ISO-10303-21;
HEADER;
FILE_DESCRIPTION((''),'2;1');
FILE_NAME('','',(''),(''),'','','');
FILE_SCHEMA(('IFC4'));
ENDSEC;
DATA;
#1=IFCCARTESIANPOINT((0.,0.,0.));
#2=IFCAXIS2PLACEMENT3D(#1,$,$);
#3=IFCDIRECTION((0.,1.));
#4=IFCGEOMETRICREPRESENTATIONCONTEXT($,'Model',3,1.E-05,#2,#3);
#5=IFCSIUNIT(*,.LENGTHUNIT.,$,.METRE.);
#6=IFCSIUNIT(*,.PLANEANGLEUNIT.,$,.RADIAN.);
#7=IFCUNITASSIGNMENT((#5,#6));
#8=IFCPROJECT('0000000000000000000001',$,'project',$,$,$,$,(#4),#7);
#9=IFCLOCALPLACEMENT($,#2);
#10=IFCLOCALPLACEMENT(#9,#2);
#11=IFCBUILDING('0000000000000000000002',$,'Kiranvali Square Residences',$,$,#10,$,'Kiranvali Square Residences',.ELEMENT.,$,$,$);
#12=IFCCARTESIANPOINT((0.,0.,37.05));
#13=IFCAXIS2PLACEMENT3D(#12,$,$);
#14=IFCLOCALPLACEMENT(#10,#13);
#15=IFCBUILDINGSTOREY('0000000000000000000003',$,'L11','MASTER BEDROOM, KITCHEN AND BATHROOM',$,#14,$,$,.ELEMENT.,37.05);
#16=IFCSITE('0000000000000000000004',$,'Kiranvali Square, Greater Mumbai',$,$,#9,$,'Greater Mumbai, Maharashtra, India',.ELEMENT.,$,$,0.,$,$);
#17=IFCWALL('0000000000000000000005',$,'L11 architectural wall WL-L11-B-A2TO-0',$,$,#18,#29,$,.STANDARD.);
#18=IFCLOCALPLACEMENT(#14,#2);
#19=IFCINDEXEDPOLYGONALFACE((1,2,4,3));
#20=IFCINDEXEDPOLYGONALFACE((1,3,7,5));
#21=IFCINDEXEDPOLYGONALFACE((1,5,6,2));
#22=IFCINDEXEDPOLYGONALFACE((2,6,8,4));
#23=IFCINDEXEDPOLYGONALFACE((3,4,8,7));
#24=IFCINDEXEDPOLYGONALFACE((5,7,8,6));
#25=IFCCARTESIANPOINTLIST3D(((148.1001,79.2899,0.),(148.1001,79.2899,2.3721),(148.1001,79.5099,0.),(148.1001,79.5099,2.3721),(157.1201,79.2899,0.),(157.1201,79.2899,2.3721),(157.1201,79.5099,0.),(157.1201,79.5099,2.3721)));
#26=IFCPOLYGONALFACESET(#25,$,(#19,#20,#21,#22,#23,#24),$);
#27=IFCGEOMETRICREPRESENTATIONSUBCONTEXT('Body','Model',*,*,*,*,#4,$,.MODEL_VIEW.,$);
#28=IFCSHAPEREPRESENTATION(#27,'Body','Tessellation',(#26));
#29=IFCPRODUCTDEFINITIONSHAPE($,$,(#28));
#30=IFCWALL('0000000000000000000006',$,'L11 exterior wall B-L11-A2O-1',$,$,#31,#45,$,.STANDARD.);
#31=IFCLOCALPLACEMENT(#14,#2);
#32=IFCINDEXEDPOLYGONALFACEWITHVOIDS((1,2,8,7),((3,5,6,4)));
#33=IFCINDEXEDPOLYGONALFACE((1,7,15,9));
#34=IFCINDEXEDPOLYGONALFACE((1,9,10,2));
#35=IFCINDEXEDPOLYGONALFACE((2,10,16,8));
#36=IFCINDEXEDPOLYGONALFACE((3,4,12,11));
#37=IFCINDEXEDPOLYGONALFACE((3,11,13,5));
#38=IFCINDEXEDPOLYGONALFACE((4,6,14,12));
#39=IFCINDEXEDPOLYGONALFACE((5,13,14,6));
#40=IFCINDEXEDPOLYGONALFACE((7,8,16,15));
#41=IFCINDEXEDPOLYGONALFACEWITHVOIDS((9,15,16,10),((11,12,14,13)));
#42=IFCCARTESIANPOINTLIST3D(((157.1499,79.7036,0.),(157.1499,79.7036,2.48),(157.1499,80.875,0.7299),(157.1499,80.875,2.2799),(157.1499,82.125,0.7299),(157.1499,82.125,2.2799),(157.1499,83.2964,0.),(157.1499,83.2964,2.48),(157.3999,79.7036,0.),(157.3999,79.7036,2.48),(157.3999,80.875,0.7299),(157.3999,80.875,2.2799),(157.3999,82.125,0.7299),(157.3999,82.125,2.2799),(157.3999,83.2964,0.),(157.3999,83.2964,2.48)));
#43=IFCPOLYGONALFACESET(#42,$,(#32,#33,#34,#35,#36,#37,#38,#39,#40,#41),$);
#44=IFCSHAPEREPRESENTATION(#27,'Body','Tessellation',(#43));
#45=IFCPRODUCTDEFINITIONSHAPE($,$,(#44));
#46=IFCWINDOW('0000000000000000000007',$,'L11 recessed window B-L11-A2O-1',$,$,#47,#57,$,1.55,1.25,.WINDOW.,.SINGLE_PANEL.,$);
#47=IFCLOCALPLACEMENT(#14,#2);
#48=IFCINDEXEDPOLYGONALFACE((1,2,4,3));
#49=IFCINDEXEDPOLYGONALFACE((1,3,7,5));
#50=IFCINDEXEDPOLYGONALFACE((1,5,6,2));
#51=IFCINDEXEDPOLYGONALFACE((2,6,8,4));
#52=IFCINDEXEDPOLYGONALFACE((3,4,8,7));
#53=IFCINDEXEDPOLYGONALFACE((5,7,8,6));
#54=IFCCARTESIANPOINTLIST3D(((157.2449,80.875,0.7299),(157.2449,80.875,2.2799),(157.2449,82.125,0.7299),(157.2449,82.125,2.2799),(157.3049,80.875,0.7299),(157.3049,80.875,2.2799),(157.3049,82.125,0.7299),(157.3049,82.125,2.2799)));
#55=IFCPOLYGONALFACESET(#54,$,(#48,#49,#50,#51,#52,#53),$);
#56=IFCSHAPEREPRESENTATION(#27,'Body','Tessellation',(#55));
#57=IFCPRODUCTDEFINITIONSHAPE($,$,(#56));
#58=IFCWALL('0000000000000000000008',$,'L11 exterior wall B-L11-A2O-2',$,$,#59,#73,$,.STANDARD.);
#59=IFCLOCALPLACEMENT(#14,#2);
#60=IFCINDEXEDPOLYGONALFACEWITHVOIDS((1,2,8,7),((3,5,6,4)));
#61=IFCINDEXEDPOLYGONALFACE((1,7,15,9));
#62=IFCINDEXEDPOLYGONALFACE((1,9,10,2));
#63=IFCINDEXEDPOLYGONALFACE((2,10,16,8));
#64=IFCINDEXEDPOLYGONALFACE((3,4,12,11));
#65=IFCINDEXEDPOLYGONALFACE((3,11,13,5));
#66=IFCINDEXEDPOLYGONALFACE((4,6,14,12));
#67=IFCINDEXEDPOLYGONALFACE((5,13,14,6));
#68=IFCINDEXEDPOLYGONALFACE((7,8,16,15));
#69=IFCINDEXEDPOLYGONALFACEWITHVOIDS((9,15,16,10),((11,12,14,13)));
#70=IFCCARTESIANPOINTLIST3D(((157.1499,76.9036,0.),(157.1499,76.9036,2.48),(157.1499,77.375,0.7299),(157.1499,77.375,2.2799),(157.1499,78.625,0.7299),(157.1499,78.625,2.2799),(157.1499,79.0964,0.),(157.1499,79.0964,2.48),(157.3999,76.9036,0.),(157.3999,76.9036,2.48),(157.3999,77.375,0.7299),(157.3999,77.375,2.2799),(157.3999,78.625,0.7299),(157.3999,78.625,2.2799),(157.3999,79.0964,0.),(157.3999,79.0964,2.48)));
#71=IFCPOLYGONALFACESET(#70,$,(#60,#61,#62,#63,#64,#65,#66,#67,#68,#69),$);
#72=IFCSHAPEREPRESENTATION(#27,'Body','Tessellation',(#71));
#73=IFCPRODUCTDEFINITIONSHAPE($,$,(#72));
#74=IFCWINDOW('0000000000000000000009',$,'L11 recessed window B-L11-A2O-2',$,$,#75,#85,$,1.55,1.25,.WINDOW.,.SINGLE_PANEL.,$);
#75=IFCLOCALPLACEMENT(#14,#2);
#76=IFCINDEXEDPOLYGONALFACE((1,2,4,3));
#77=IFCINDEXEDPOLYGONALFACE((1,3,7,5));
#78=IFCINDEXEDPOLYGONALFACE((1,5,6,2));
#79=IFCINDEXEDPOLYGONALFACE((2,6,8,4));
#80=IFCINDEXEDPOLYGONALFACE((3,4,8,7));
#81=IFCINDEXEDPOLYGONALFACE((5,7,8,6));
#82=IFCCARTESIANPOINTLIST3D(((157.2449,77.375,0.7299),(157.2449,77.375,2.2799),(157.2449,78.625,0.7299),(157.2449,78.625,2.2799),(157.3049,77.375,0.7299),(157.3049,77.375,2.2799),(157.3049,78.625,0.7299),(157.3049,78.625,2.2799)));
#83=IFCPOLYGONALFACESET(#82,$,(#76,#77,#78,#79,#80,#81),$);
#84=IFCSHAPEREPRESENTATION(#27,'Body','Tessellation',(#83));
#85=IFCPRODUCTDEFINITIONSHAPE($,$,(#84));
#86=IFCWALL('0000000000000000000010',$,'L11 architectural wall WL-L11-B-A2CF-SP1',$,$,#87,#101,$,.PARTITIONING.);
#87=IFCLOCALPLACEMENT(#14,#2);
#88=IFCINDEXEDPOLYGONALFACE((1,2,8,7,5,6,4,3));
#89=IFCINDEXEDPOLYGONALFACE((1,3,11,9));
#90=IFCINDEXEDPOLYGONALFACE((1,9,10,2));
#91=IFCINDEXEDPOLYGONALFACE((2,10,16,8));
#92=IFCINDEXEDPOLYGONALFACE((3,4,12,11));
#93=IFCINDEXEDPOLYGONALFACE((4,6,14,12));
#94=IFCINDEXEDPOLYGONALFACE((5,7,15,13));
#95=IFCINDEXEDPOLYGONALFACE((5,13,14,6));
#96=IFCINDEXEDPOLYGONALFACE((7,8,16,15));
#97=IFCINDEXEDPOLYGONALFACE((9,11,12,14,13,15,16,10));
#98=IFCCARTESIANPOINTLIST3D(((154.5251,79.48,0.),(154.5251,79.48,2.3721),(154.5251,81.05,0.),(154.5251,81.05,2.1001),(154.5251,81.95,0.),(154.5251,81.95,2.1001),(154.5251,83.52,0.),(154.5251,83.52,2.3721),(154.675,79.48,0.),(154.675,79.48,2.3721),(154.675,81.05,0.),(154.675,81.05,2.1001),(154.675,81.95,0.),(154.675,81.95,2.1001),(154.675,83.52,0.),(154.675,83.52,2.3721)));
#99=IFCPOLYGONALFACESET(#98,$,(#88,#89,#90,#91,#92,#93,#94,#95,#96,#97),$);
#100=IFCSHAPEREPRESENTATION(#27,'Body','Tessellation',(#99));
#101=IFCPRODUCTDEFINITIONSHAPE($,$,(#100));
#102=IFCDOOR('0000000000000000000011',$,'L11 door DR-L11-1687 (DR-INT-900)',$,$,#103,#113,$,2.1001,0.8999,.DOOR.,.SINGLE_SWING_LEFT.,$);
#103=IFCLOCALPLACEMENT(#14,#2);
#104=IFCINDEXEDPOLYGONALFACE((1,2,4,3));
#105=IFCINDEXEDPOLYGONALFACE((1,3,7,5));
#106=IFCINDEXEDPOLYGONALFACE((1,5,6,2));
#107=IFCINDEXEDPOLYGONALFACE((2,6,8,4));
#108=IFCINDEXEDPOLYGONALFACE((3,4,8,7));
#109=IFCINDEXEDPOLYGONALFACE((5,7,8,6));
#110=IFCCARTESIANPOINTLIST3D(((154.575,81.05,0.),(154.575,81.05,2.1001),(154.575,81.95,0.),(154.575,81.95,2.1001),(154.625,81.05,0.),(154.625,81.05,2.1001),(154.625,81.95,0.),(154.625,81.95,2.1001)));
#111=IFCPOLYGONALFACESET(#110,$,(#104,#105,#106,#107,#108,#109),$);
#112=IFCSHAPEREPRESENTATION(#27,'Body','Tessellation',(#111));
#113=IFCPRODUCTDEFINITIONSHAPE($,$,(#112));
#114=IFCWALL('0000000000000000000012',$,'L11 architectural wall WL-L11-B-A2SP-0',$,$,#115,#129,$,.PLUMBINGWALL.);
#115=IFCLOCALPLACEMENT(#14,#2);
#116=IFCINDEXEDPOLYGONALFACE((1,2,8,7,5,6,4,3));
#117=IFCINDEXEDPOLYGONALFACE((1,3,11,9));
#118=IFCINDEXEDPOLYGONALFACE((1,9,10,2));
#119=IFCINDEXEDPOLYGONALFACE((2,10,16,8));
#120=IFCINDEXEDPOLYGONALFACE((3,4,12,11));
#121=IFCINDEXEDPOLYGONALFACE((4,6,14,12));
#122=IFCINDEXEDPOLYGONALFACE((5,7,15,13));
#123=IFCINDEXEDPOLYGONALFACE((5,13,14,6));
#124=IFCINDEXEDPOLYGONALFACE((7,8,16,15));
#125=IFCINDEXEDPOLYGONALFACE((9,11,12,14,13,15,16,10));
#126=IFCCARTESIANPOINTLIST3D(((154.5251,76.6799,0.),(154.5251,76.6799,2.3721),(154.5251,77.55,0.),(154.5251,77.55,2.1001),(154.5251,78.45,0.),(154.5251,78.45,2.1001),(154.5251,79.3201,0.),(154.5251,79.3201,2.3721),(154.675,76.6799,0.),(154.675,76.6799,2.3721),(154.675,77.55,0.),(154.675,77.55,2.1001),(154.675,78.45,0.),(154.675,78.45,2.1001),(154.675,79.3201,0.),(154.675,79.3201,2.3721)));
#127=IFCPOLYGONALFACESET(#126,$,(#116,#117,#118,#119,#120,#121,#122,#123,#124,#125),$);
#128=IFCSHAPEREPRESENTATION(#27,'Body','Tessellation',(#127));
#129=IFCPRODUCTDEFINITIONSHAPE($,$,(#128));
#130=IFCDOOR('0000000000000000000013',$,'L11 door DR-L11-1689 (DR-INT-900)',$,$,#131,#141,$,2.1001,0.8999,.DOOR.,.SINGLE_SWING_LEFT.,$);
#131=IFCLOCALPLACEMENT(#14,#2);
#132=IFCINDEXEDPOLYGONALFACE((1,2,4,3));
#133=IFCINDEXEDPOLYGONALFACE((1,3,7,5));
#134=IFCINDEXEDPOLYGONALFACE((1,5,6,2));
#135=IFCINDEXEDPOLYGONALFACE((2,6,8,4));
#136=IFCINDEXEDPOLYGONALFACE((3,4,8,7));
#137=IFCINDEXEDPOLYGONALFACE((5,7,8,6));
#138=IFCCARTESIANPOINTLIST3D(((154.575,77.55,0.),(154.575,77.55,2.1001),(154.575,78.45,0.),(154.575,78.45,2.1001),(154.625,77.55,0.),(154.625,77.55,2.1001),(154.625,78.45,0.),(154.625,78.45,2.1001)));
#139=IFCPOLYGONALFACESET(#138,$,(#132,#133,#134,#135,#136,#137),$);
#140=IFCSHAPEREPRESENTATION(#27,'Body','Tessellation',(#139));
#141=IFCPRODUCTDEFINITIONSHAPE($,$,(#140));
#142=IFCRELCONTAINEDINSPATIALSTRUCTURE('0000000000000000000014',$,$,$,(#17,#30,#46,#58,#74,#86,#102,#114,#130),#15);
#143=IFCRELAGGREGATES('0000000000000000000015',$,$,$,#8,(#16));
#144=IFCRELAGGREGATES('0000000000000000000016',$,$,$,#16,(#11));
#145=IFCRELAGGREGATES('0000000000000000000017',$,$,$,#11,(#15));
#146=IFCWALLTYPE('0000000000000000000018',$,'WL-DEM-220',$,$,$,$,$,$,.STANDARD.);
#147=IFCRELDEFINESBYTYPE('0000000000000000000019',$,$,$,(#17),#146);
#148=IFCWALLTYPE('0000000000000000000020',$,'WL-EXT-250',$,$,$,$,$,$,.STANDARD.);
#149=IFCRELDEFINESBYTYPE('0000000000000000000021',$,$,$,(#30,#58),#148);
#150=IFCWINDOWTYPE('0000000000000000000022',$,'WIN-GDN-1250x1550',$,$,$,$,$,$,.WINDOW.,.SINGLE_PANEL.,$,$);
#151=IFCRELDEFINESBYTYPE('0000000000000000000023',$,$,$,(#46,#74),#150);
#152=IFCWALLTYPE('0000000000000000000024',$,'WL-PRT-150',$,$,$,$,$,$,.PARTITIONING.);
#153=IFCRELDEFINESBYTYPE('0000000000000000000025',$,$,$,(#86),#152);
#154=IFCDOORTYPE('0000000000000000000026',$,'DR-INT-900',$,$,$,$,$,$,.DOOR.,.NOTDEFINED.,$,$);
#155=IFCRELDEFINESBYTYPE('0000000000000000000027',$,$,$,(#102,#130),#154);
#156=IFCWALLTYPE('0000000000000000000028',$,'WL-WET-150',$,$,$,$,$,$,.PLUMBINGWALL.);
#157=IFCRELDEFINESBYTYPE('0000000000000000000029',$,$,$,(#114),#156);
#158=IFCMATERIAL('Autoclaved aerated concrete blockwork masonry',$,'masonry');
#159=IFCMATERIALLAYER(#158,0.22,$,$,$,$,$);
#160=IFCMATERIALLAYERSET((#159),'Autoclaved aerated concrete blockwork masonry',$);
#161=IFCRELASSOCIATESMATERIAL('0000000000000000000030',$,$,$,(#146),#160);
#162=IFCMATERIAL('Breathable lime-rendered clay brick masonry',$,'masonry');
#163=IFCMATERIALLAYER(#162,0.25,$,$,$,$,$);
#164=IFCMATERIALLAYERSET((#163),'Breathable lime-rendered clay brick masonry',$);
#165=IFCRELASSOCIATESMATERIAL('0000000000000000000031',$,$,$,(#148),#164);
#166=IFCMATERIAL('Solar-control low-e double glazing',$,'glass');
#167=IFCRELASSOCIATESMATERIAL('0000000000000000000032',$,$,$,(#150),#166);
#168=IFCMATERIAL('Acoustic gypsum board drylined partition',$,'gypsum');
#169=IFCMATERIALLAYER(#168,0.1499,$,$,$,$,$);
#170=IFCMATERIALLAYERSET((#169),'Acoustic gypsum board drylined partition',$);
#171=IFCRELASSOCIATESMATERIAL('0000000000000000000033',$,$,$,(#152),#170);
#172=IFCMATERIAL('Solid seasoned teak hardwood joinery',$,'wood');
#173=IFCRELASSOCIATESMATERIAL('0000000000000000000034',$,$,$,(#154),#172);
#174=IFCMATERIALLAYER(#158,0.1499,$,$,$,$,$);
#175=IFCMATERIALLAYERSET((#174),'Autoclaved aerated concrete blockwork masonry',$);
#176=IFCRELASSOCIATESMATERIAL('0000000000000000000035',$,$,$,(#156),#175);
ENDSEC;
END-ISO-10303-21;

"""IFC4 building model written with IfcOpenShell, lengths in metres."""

from ifc_helpers import new_model, si_unit, direction, frame, frame_2d, origin, place, context, subcontext, project, spatial, rectangle, extrude, material, layer, layer_set, type_object, element, fill, save


model = new_model("IFC4")

# Units and contexts
model_context = context("Model", 3, precision=1e-05, world=origin(), true_north=direction((0.0, 1.0)))
body_context = subcontext(model_context, "Body", "Model", "MODEL_VIEW")
ifc_project = project(units=[si_unit("LENGTHUNIT", "METRE"), si_unit("PLANEANGLEUNIT", "RADIAN")], contexts=[model_context])

# Site, building, storey
site_placement = place(None, origin())
site = spatial("IfcSite", under=ifc_project, at=site_placement, Name="Kiranvali Square, Greater Mumbai", LongName="Greater Mumbai, Maharashtra, India", CompositionType="ELEMENT", RefElevation=0.0)
building_placement = place(site_placement, origin())
building = spatial("IfcBuilding", under=site, at=building_placement, Name="Kiranvali Square Residences", LongName="Kiranvali Square Residences", CompositionType="ELEMENT")
storey_placement = place(building_placement, frame((0.0, 0.0, 37.05)))
storey = spatial("IfcBuildingStorey", under=building, at=storey_placement, Name="L11", Description="MASTER BEDROOM, KITCHEN AND BATHROOM", CompositionType="ELEMENT", Elevation=37.05)

# Shared definitions
ifc_material_1 = material(Name="Autoclaved aerated concrete blockwork masonry", Category="masonry")

# Wall
ifc_layer_1 = layer(ifc_material_1, 0.22)
ifc_layer_set_1 = layer_set([ifc_layer_1], Name="Autoclaved aerated concrete blockwork masonry")
wall_type_1 = type_object("IfcWallType", Name="WL-DEM-220", PredefinedType="STANDARD", material=ifc_layer_set_1)
wall_1_placement = place(storey_placement, frame((148.1001, 79.3999, 0.0), z_axis=(0.0, 0.0, 1.0), x_axis=(1.0, 0.0, 0.0)))
element("IfcWall", 1, at=wall_1_placement, inside=storey, type_object=wall_type_1, Name="L11 architectural wall WL-L11-B-A2TO-0", PredefinedType="STANDARD", context=body_context, shape_type="SweptSolid", body=[
    extrude(rectangle(XDim=9.02, YDim=0.22, at=frame_2d((4.51, 0.0))), origin(), (0.0, 0.0, 1.0), 2.3721),
])

# Walls, openings, windows
ifc_material_2 = material(Name="Breathable lime-rendered clay brick masonry", Category="masonry")
ifc_layer_2 = layer(ifc_material_2, 0.25)
ifc_layer_set_2 = layer_set([ifc_layer_2], Name="Breathable lime-rendered clay brick masonry")
wall_type_2 = type_object("IfcWallType", Name="WL-EXT-250", PredefinedType="STANDARD", material=ifc_layer_set_2)
wall_2_placement = place(storey_placement, frame((157.2749, 83.2964, 0.0), z_axis=(0.0, 0.0, 1.0), x_axis=(0.0, -1.0, 0.0)))
wall_2 = element("IfcWall", 2, at=wall_2_placement, inside=storey, type_object=wall_type_2, Name="L11 exterior wall B-L11-A2O-1", PredefinedType="STANDARD", context=body_context, shape_type="SweptSolid", body=[
    extrude(rectangle(XDim=3.5928, YDim=0.25, at=frame_2d((1.7964, 0.0))), origin(), (0.0, 0.0, 1.0), 2.48),
])
opening_1_placement = place(wall_2_placement, frame((1.1714, 0.0, 0.73)))
opening_1 = element("IfcOpeningElement", 3, at=opening_1_placement, cuts=wall_2, PredefinedType="OPENING", context=body_context, shape_type="SweptSolid", body=[
    extrude(rectangle(XDim=1.25, YDim=1.55, at=frame_2d((0.625, 0.7749))), frame((0.0, 0.135, 0.0), z_axis=(0.0, -1.0, 0.0), x_axis=(1.0, 0.0, 0.0)), (0.0, 0.0, 1.0), 0.27),
])
ifc_material_3 = material(Name="Solar-control low-e double glazing", Category="glass")
window_type = type_object("IfcWindowType", Name="WIN-GDN-1250x1550", PartitioningType="SINGLE_PANEL", PredefinedType="WINDOW", material=ifc_material_3)
window_1_placement = place(opening_1_placement, origin())
window_1 = element("IfcWindow", 4, at=window_1_placement, inside=storey, type_object=window_type, Name="L11 recessed window B-L11-A2O-1", OverallHeight=1.55, OverallWidth=1.25, PartitioningType="SINGLE_PANEL", PredefinedType="WINDOW", context=body_context, shape_type="SweptSolid", body=[
    extrude(rectangle(XDim=1.25, YDim=1.55, at=frame_2d((0.625, 0.7749))), frame((0.0, 0.03, 0.0), z_axis=(0.0, -1.0, 0.0), x_axis=(1.0, 0.0, 0.0)), (0.0, 0.0, 1.0), 0.0601),
])
fill(opening_1, window_1)
wall_3_placement = place(storey_placement, frame((157.2749, 79.0964, 0.0), z_axis=(0.0, 0.0, 1.0), x_axis=(0.0, -1.0, 0.0)))
wall_3 = element("IfcWall", 5, at=wall_3_placement, inside=storey, type_object=wall_type_2, Name="L11 exterior wall B-L11-A2O-2", PredefinedType="STANDARD", context=body_context, shape_type="SweptSolid", body=[
    extrude(rectangle(XDim=2.1929, YDim=0.25, at=frame_2d((1.0964, 0.0))), origin(), (0.0, 0.0, 1.0), 2.48),
])
opening_2_placement = place(wall_3_placement, frame((0.4714, 0.0, 0.73)))
opening_2 = element("IfcOpeningElement", 6, at=opening_2_placement, cuts=wall_3, PredefinedType="OPENING", context=body_context, shape_type="SweptSolid", body=[
    extrude(rectangle(XDim=1.25, YDim=1.55, at=frame_2d((0.625, 0.7749))), frame((0.0, 0.135, 0.0), z_axis=(0.0, -1.0, 0.0), x_axis=(1.0, 0.0, 0.0)), (0.0, 0.0, 1.0), 0.27),
])
window_2_placement = place(opening_2_placement, origin())
window_2 = element("IfcWindow", 7, at=window_2_placement, inside=storey, type_object=window_type, Name="L11 recessed window B-L11-A2O-2", OverallHeight=1.55, OverallWidth=1.25, PartitioningType="SINGLE_PANEL", PredefinedType="WINDOW", context=body_context, shape_type="SweptSolid", body=[
    extrude(rectangle(XDim=1.25, YDim=1.55, at=frame_2d((0.625, 0.7749))), frame((0.0, 0.03, 0.0), z_axis=(0.0, -1.0, 0.0), x_axis=(1.0, 0.0, 0.0)), (0.0, 0.0, 1.0), 0.0601),
])
fill(opening_2, window_2)

# Walls, openings, doors
ifc_material_4 = material(Name="Acoustic gypsum board drylined partition", Category="gypsum")
ifc_layer_3 = layer(ifc_material_4, 0.1499)
ifc_layer_set_3 = layer_set([ifc_layer_3], Name="Acoustic gypsum board drylined partition")
wall_type_3 = type_object("IfcWallType", Name="WL-PRT-150", PredefinedType="PARTITIONING", material=ifc_layer_set_3)
wall_4_placement = place(storey_placement, frame((154.6001, 83.52, 0.0), z_axis=(0.0, 0.0, 1.0), x_axis=(0.0, -1.0, 0.0)))
wall_4 = element("IfcWall", 8, at=wall_4_placement, inside=storey, type_object=wall_type_3, Name="L11 architectural wall WL-L11-B-A2CF-SP1", PredefinedType="PARTITIONING", context=body_context, shape_type="SweptSolid", body=[
    extrude(rectangle(XDim=4.04, YDim=0.1499, at=frame_2d((2.02, 0.0))), origin(), (0.0, 0.0, 1.0), 2.3721),
])
opening_3_placement = place(wall_4_placement, frame((1.5701, 0.0, 0.0)))
opening_3 = element("IfcOpeningElement", 9, at=opening_3_placement, cuts=wall_4, PredefinedType="OPENING", context=body_context, shape_type="SweptSolid", body=[
    extrude(rectangle(XDim=0.8999, YDim=2.1001, at=frame_2d((0.45, 1.05))), frame((0.0, 0.085, 0.0), z_axis=(0.0, -1.0, 0.0), x_axis=(1.0, 0.0, 0.0)), (0.0, 0.0, 1.0), 0.1699),
])
ifc_material_5 = material(Name="Solid seasoned teak hardwood joinery", Category="wood")
door_type_1 = type_object("IfcDoorType", Name="DR-INT-900", OperationType="NOTDEFINED", PredefinedType="DOOR", material=ifc_material_5)
door_1_placement = place(opening_3_placement, origin())
door_1 = element("IfcDoor", 10, at=door_1_placement, inside=storey, type_object=door_type_1, Name="L11 door DR-L11-1687 (DR-INT-900)", OperationType="SINGLE_SWING_LEFT", OverallHeight=2.1001, OverallWidth=0.8999, PredefinedType="DOOR", context=body_context, shape_type="SweptSolid", body=[
    extrude(rectangle(XDim=0.8999, YDim=2.1001, at=frame_2d((0.45, 1.05))), frame((0.0, 0.0249, 0.0), z_axis=(0.0, -1.0, 0.0), x_axis=(1.0, 0.0, 0.0)), (0.0, 0.0, 1.0), 0.05),
])
fill(opening_3, door_1)
ifc_layer_4 = layer(ifc_material_1, 0.1499)
ifc_layer_set_4 = layer_set([ifc_layer_4], Name="Autoclaved aerated concrete blockwork masonry")
wall_type_4 = type_object("IfcWallType", Name="WL-WET-150", PredefinedType="PLUMBINGWALL", material=ifc_layer_set_4)
wall_5_placement = place(storey_placement, frame((154.6001, 79.3201, 0.0), z_axis=(0.0, 0.0, 1.0), x_axis=(0.0, -1.0, 0.0)))
wall_5 = element("IfcWall", 11, at=wall_5_placement, inside=storey, type_object=wall_type_4, Name="L11 architectural wall WL-L11-B-A2SP-0", PredefinedType="PLUMBINGWALL", context=body_context, shape_type="SweptSolid", body=[
    extrude(rectangle(XDim=2.6401, YDim=0.1499, at=frame_2d((1.3201, 0.0))), origin(), (0.0, 0.0, 1.0), 2.3721),
])
opening_4_placement = place(wall_5_placement, frame((0.8701, 0.0, 0.0)))
opening_4 = element("IfcOpeningElement", 12, at=opening_4_placement, cuts=wall_5, PredefinedType="OPENING", context=body_context, shape_type="SweptSolid", body=[
    extrude(rectangle(XDim=0.8999, YDim=2.1001, at=frame_2d((0.45, 1.05))), frame((0.0, 0.085, 0.0), z_axis=(0.0, -1.0, 0.0), x_axis=(1.0, 0.0, 0.0)), (0.0, 0.0, 1.0), 0.1699),
])
door_2_placement = place(opening_4_placement, origin())
door_2 = element("IfcDoor", 13, at=door_2_placement, inside=storey, type_object=door_type_1, Name="L11 door DR-L11-1689 (DR-INT-900)", OperationType="SINGLE_SWING_LEFT", OverallHeight=2.1001, OverallWidth=0.8999, PredefinedType="DOOR", context=body_context, shape_type="SweptSolid", body=[
    extrude(rectangle(XDim=0.8999, YDim=2.1001, at=frame_2d((0.45, 1.05))), frame((0.0, 0.0249, 0.0), z_axis=(0.0, -1.0, 0.0), x_axis=(1.0, 0.0, 0.0)), (0.0, 0.0, 1.0), 0.05),
])
fill(opening_4, door_2)

save(model, "model.ifc")
